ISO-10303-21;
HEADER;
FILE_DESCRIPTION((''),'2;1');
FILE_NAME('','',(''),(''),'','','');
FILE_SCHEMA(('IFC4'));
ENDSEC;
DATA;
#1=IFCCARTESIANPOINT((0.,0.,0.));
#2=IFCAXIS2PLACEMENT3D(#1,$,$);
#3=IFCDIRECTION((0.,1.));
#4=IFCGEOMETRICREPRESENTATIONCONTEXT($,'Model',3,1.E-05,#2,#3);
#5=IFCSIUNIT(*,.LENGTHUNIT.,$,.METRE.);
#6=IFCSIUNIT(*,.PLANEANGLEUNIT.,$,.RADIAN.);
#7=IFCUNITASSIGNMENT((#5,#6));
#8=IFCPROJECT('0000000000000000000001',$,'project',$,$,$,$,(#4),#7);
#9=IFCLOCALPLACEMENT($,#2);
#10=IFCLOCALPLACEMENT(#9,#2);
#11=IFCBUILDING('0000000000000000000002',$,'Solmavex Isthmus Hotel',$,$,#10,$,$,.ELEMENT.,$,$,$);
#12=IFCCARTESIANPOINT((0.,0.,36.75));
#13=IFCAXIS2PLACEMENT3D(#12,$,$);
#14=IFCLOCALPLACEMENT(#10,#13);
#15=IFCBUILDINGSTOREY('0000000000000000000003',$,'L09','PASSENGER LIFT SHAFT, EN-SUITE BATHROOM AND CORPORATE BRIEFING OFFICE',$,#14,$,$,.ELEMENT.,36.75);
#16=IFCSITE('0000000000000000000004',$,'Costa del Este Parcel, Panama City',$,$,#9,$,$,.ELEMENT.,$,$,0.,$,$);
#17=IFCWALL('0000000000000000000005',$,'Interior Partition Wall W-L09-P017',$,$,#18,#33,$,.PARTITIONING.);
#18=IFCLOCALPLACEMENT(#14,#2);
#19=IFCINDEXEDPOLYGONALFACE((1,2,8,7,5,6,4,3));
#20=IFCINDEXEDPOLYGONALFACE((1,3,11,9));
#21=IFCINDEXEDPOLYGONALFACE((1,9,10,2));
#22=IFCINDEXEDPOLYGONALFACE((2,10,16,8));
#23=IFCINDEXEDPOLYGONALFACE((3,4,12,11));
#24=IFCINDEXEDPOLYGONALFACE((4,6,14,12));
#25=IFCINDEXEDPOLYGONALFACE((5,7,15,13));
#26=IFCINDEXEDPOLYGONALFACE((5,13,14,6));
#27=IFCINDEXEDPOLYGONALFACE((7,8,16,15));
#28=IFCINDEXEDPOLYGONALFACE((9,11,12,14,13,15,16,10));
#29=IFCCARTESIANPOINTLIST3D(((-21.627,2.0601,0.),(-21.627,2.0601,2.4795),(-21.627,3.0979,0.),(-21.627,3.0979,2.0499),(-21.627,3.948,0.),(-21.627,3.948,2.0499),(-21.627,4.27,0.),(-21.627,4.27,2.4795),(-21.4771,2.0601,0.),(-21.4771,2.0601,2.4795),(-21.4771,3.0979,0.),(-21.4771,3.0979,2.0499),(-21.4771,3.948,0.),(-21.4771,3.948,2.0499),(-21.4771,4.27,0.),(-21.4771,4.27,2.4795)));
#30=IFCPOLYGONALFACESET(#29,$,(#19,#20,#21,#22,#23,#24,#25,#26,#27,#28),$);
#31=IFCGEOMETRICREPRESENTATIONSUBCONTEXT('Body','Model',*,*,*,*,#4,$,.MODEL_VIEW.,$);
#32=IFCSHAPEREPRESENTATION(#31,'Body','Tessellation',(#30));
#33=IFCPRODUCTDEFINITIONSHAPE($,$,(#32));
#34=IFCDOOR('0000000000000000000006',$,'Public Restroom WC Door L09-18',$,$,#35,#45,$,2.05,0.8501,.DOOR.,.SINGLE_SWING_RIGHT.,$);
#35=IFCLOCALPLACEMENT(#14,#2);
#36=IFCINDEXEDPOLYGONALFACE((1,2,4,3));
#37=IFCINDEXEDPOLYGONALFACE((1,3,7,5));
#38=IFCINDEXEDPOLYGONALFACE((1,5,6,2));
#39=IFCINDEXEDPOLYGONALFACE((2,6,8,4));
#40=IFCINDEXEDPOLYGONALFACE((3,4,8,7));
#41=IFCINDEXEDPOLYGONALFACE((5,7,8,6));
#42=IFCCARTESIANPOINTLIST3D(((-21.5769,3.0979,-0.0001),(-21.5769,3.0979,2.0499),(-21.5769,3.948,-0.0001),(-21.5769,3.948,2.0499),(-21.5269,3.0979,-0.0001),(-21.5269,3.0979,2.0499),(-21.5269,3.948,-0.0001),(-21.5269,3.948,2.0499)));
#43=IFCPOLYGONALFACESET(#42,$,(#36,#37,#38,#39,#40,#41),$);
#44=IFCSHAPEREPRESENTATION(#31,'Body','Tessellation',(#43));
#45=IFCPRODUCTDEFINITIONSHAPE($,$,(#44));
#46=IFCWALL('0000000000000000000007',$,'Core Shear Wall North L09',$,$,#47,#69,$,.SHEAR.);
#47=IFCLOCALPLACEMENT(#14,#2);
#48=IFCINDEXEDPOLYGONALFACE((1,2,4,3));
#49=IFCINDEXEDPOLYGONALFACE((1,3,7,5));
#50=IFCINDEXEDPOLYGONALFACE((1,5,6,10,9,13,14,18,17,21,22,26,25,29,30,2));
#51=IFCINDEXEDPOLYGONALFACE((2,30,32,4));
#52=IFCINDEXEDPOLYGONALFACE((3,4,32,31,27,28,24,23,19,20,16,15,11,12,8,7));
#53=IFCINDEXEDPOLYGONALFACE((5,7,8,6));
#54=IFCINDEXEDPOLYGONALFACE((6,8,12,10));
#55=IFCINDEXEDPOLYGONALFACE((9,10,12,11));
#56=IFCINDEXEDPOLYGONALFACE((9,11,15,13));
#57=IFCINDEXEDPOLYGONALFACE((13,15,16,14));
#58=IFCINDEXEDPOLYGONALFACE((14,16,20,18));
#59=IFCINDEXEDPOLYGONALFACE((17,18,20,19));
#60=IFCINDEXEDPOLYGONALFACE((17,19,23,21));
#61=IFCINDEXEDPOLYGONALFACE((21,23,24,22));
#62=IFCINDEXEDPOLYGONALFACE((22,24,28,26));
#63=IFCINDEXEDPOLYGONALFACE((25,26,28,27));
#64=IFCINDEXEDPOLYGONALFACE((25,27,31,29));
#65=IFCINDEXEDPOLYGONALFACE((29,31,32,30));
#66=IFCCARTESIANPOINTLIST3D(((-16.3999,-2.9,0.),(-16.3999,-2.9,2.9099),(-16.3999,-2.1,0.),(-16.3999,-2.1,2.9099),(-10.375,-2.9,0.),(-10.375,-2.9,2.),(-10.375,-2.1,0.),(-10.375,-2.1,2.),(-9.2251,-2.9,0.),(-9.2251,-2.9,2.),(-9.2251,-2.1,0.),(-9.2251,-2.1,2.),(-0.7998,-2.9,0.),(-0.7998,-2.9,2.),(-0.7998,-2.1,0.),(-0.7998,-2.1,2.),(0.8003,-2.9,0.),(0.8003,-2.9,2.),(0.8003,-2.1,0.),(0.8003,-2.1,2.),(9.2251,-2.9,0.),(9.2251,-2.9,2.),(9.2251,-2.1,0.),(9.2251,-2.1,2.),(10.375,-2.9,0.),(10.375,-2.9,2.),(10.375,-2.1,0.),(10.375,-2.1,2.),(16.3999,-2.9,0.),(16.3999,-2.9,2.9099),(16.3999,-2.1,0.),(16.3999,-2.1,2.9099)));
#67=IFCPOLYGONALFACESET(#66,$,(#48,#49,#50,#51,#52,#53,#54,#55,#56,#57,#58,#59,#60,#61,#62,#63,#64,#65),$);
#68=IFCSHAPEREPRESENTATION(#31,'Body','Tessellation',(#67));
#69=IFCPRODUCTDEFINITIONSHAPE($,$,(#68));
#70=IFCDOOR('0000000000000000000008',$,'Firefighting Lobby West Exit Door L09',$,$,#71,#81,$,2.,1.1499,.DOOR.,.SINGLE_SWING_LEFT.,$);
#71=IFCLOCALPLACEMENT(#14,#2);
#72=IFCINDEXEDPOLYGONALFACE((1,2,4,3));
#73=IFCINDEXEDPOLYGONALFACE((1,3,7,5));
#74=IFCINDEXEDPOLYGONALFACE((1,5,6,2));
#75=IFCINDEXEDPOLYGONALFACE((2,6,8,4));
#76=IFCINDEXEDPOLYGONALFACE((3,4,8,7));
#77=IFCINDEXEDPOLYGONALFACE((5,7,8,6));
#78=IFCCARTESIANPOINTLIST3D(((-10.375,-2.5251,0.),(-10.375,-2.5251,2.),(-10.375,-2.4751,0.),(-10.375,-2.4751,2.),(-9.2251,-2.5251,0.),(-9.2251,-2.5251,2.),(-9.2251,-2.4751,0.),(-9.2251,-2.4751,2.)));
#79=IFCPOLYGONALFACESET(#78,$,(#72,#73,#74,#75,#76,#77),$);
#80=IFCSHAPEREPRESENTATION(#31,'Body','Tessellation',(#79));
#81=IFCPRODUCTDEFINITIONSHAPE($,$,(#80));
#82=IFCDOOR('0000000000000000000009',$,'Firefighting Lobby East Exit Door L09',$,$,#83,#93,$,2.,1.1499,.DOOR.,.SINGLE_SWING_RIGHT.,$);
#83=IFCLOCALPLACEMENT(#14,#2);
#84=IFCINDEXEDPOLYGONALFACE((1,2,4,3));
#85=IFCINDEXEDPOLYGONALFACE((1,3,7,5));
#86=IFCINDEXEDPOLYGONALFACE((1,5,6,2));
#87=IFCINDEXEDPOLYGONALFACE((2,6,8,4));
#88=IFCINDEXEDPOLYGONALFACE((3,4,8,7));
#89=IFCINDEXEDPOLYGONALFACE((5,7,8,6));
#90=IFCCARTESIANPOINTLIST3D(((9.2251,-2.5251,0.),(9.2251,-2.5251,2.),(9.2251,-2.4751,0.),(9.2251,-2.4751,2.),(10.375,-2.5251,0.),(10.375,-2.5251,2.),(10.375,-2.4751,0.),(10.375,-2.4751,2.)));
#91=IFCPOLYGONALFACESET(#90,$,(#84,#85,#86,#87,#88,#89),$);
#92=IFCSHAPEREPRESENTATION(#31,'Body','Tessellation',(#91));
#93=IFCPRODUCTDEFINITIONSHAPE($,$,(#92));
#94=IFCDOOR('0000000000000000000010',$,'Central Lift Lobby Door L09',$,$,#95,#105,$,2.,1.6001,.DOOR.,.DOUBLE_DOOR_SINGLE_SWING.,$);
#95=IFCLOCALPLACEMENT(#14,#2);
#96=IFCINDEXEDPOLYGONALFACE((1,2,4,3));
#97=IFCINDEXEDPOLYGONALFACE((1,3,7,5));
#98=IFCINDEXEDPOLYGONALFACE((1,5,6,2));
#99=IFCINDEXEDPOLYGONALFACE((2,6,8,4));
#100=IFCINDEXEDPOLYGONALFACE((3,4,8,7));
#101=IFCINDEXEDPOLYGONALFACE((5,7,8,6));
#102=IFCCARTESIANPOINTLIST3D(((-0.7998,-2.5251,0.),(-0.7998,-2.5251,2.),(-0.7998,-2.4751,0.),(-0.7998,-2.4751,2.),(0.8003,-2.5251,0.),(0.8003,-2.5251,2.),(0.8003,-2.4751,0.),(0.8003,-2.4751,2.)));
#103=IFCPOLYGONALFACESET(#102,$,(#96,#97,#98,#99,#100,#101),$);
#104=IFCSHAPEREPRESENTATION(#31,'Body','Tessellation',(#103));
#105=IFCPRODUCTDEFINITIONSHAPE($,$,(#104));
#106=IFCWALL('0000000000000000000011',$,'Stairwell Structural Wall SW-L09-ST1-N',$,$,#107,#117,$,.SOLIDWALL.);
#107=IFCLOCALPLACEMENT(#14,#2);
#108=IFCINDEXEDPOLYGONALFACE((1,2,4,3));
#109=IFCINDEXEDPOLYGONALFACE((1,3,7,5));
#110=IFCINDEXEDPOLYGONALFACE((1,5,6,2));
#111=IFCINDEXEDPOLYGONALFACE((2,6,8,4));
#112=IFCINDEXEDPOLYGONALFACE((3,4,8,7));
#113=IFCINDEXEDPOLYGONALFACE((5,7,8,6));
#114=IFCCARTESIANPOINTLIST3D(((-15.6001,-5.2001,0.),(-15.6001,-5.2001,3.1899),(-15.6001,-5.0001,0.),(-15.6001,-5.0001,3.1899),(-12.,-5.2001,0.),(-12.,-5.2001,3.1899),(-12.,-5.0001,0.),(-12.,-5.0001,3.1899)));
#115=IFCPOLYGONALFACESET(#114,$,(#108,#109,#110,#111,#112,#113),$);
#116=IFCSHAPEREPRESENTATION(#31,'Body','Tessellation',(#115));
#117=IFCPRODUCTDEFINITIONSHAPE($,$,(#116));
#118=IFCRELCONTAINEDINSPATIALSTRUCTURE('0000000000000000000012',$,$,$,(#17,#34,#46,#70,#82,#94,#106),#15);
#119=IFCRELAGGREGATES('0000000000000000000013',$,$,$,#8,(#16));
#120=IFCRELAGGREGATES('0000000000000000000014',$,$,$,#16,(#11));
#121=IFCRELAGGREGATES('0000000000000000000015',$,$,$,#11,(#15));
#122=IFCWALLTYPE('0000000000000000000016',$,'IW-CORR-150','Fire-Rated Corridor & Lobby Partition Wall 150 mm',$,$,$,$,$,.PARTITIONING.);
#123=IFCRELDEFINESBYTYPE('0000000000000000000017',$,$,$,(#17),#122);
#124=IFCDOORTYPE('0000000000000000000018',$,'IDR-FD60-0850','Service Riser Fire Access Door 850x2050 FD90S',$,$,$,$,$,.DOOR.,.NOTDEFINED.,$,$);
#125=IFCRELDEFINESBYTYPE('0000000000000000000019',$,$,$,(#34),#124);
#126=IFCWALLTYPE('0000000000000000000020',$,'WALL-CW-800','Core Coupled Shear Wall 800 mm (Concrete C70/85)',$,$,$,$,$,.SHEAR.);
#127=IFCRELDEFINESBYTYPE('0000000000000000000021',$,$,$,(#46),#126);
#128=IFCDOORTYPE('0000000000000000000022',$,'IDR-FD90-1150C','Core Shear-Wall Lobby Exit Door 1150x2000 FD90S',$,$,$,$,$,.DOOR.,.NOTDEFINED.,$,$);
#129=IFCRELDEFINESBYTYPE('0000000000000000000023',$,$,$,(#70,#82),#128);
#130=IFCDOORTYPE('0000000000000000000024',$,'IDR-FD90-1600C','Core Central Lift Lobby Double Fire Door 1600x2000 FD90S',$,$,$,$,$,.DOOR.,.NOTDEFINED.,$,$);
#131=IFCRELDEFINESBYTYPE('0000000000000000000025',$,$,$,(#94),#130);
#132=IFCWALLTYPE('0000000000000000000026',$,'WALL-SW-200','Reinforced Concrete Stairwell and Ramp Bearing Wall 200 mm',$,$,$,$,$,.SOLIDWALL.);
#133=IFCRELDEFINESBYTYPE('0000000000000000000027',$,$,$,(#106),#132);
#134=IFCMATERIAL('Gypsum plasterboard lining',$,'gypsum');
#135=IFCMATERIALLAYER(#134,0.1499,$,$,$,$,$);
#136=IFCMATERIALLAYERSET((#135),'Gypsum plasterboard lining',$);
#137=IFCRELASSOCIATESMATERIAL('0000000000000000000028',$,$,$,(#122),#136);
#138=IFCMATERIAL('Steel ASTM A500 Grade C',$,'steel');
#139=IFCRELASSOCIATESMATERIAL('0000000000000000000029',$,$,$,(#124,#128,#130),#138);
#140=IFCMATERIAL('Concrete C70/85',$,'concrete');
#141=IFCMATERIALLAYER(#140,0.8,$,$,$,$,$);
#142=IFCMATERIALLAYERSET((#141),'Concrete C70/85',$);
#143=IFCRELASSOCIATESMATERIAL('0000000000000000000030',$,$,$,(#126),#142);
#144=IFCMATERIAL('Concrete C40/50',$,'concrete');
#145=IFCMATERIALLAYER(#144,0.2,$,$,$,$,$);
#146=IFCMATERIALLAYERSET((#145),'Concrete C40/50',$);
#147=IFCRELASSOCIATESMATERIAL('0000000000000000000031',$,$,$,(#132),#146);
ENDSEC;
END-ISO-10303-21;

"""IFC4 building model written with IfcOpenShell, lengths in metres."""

from ifc_helpers import new_model, si_unit, direction, frame, frame_2d, origin, place, context, subcontext, project, spatial, rectangle, extrude, material, layer, layer_set, type_object, element, fill, save


model = new_model("IFC4")

# Units and contexts
model_context = context("Model", 3, precision=1e-05, world=origin(), true_north=direction((0.0, 1.0)))
body_context = subcontext(model_context, "Body", "Model", "MODEL_VIEW")
ifc_project = project(units=[si_unit("LENGTHUNIT", "METRE"), si_unit("PLANEANGLEUNIT", "RADIAN")], contexts=[model_context])

# Site, building, storey
site_placement = place(None, origin())
site = spatial("IfcSite", under=ifc_project, at=site_placement, Name="Costa del Este Parcel, Panama City", CompositionType="ELEMENT", RefElevation=0.0)
building_placement = place(site_placement, origin())
building = spatial("IfcBuilding", under=site, at=building_placement, Name="Solmavex Isthmus Hotel", CompositionType="ELEMENT")
storey_placement = place(building_placement, frame((0.0, 0.0, 36.75)))
storey = spatial("IfcBuildingStorey", under=building, at=storey_placement, Name="L09", Description="PASSENGER LIFT SHAFT, EN-SUITE BATHROOM AND CORPORATE BRIEFING OFFICE", CompositionType="ELEMENT", Elevation=36.75)

# Shared definitions
ifc_material_1 = material(Name="Concrete C70/85", Category="concrete")

# Shared definitions
ifc_material_2 = material(Name="Gypsum plasterboard lining", Category="gypsum")

# Wall, opening, door
ifc_layer_1 = layer(ifc_material_2, 0.1499)
ifc_layer_set_1 = layer_set([ifc_layer_1], Name="Gypsum plasterboard lining")
wall_type_1 = type_object("IfcWallType", Name="IW-CORR-150", Description="Fire-Rated Corridor & Lobby Partition Wall 150 mm", PredefinedType="PARTITIONING", material=ifc_layer_set_1)
wall_1_placement = place(storey_placement, frame((-21.552, 2.0601, 0.0), z_axis=(0.0, 0.0, 1.0), x_axis=(0.0, 1.0, 0.0)))
wall_1 = element("IfcWall", 1, at=wall_1_placement, inside=storey, type_object=wall_type_1, Name="Interior Partition Wall W-L09-P017", PredefinedType="PARTITIONING", context=body_context, shape_type="SweptSolid", body=[
    extrude(rectangle(XDim=2.21, YDim=0.1499, at=frame_2d((1.105, 0.0))), origin(), (0.0, 0.0, 1.0), 2.4795),
])
opening_1_placement = place(wall_1_placement, frame((1.0378, 0.0, 0.0)))
opening_1 = element("IfcOpeningElement", 2, at=opening_1_placement, cuts=wall_1, PredefinedType="OPENING", context=body_context, shape_type="SweptSolid", body=[
    extrude(rectangle(XDim=0.8501, YDim=2.05, at=frame_2d((0.425, 1.0249))), frame((0.0, 0.085, 0.0), z_axis=(0.0, -1.0, 0.0), x_axis=(1.0, 0.0, 0.0)), (0.0, 0.0, 1.0), 0.1699),
])
ifc_material_3 = material(Name="Steel ASTM A500 Grade C", Category="steel")
door_type_1 = type_object("IfcDoorType", Name="IDR-FD60-0850", Description="Service Riser Fire Access Door 850x2050 FD90S", OperationType="NOTDEFINED", PredefinedType="DOOR", material=ifc_material_3)
door_1_placement = place(opening_1_placement, origin())
door_1 = element("IfcDoor", 3, at=door_1_placement, inside=storey, type_object=door_type_1, Name="Public Restroom WC Door L09-18", OperationType="SINGLE_SWING_RIGHT", OverallHeight=2.05, OverallWidth=0.8501, PredefinedType="DOOR", context=body_context, shape_type="SweptSolid", body=[
    extrude(rectangle(XDim=0.8501, YDim=2.05, at=frame_2d((0.425, 1.0249))), frame((0.0, 0.0249, 0.0), z_axis=(0.0, -1.0, 0.0), x_axis=(1.0, 0.0, 0.0)), (0.0, 0.0, 1.0), 0.05),
])
fill(opening_1, door_1)

# Wall, openings, doors
ifc_layer_2 = layer(ifc_material_1, 0.8)
ifc_layer_set_2 = layer_set([ifc_layer_2], Name="Concrete C70/85")
wall_type_2 = type_object("IfcWallType", Name="WALL-CW-800", Description="Core Coupled Shear Wall 800 mm (Concrete C70/85)", PredefinedType="SHEAR", material=ifc_layer_set_2)
wall_2_placement = place(storey_placement, frame((-16.3999, -2.5, 0.0), z_axis=(0.0, 0.0, 1.0), x_axis=(1.0, 0.0, 0.0)))
wall_2 = element("IfcWall", 4, at=wall_2_placement, inside=storey, type_object=wall_type_2, Name="Core Shear Wall North L09", PredefinedType="SHEAR", context=body_context, shape_type="SweptSolid", body=[
    extrude(rectangle(XDim=32.7998, YDim=0.8, at=frame_2d((16.3999, 0.0))), origin(), (0.0, 0.0, 1.0), 2.9099),
])
opening_2_placement = place(wall_2_placement, frame((6.0249, 0.0, 0.0)))
opening_2 = element("IfcOpeningElement", 5, at=opening_2_placement, cuts=wall_2, PredefinedType="OPENING", context=body_context, shape_type="SweptSolid", body=[
    extrude(rectangle(XDim=1.1499, YDim=2.0, at=frame_2d((0.575, 1.0))), frame((0.0, 0.4099, 0.0), z_axis=(0.0, -1.0, 0.0), x_axis=(1.0, 0.0, 0.0)), (0.0, 0.0, 1.0), 0.8201),
])
opening_3_placement = place(wall_2_placement, frame((15.6001, 0.0, 0.0)))
opening_3 = element("IfcOpeningElement", 6, at=opening_3_placement, cuts=wall_2, PredefinedType="OPENING", context=body_context, shape_type="SweptSolid", body=[
    extrude(rectangle(XDim=1.6001, YDim=2.0, at=frame_2d((0.8, 1.0))), frame((0.0, 0.4099, 0.0), z_axis=(0.0, -1.0, 0.0), x_axis=(1.0, 0.0, 0.0)), (0.0, 0.0, 1.0), 0.8201),
])
opening_4_placement = place(wall_2_placement, frame((25.625, 0.0, 0.0)))
opening_4 = element("IfcOpeningElement", 7, at=opening_4_placement, cuts=wall_2, PredefinedType="OPENING", context=body_context, shape_type="SweptSolid", body=[
    extrude(rectangle(XDim=1.1499, YDim=2.0, at=frame_2d((0.575, 1.0))), frame((0.0, 0.4099, 0.0), z_axis=(0.0, -1.0, 0.0), x_axis=(1.0, 0.0, 0.0)), (0.0, 0.0, 1.0), 0.8201),
])
door_type_2 = type_object("IfcDoorType", Name="IDR-FD90-1150C", Description="Core Shear-Wall Lobby Exit Door 1150x2000 FD90S", OperationType="NOTDEFINED", PredefinedType="DOOR", material=ifc_material_3)
door_2_placement = place(opening_2_placement, origin())
door_2 = element("IfcDoor", 8, at=door_2_placement, inside=storey, type_object=door_type_2, Name="Firefighting Lobby West Exit Door L09", OperationType="SINGLE_SWING_LEFT", OverallHeight=2.0, OverallWidth=1.1499, PredefinedType="DOOR", context=body_context, shape_type="SweptSolid", body=[
    extrude(rectangle(XDim=1.1499, YDim=2.0, at=frame_2d((0.575, 1.0))), frame((0.0, 0.0249, 0.0), z_axis=(0.0, -1.0, 0.0), x_axis=(1.0, 0.0, 0.0)), (0.0, 0.0, 1.0), 0.05),
])
fill(opening_2, door_2)
door_3_placement = place(opening_4_placement, origin())
door_3 = element("IfcDoor", 9, at=door_3_placement, inside=storey, type_object=door_type_2, Name="Firefighting Lobby East Exit Door L09", OperationType="SINGLE_SWING_RIGHT", OverallHeight=2.0, OverallWidth=1.1499, PredefinedType="DOOR", context=body_context, shape_type="SweptSolid", body=[
    extrude(rectangle(XDim=1.1499, YDim=2.0, at=frame_2d((0.575, 1.0))), frame((0.0, 0.0249, 0.0), z_axis=(0.0, -1.0, 0.0), x_axis=(1.0, 0.0, 0.0)), (0.0, 0.0, 1.0), 0.05),
])
fill(opening_4, door_3)
door_type_3 = type_object("IfcDoorType", Name="IDR-FD90-1600C", Description="Core Central Lift Lobby Double Fire Door 1600x2000 FD90S", OperationType="NOTDEFINED", PredefinedType="DOOR", material=ifc_material_3)
door_4_placement = place(opening_3_placement, origin())
door_4 = element("IfcDoor", 10, at=door_4_placement, inside=storey, type_object=door_type_3, Name="Central Lift Lobby Door L09", OperationType="DOUBLE_DOOR_SINGLE_SWING", OverallHeight=2.0, OverallWidth=1.6001, PredefinedType="DOOR", context=body_context, shape_type="SweptSolid", body=[
    extrude(rectangle(XDim=1.6001, YDim=2.0, at=frame_2d((0.8, 1.0))), frame((0.0, 0.0249, 0.0), z_axis=(0.0, -1.0, 0.0), x_axis=(1.0, 0.0, 0.0)), (0.0, 0.0, 1.0), 0.05),
])
fill(opening_3, door_4)

# Wall
ifc_material_4 = material(Name="Concrete C40/50", Category="concrete")
ifc_layer_3 = layer(ifc_material_4, 0.2)
ifc_layer_set_3 = layer_set([ifc_layer_3], Name="Concrete C40/50")
wall_type_3 = type_object("IfcWallType", Name="WALL-SW-200", Description="Reinforced Concrete Stairwell and Ramp Bearing Wall 200 mm", PredefinedType="SOLIDWALL", material=ifc_layer_set_3)
wall_3_placement = place(storey_placement, frame((-15.6001, -5.1001, 0.0), z_axis=(0.0, 0.0, 1.0), x_axis=(1.0, 0.0, 0.0)))
element("IfcWall", 11, at=wall_3_placement, inside=storey, type_object=wall_type_3, Name="Stairwell Structural Wall SW-L09-ST1-N", PredefinedType="SOLIDWALL", context=body_context, shape_type="SweptSolid", body=[
    extrude(rectangle(XDim=3.6001, YDim=0.2, at=frame_2d((1.8, 0.0))), origin(), (0.0, 0.0, 1.0), 3.1899),
])

save(model, "model.ifc")
